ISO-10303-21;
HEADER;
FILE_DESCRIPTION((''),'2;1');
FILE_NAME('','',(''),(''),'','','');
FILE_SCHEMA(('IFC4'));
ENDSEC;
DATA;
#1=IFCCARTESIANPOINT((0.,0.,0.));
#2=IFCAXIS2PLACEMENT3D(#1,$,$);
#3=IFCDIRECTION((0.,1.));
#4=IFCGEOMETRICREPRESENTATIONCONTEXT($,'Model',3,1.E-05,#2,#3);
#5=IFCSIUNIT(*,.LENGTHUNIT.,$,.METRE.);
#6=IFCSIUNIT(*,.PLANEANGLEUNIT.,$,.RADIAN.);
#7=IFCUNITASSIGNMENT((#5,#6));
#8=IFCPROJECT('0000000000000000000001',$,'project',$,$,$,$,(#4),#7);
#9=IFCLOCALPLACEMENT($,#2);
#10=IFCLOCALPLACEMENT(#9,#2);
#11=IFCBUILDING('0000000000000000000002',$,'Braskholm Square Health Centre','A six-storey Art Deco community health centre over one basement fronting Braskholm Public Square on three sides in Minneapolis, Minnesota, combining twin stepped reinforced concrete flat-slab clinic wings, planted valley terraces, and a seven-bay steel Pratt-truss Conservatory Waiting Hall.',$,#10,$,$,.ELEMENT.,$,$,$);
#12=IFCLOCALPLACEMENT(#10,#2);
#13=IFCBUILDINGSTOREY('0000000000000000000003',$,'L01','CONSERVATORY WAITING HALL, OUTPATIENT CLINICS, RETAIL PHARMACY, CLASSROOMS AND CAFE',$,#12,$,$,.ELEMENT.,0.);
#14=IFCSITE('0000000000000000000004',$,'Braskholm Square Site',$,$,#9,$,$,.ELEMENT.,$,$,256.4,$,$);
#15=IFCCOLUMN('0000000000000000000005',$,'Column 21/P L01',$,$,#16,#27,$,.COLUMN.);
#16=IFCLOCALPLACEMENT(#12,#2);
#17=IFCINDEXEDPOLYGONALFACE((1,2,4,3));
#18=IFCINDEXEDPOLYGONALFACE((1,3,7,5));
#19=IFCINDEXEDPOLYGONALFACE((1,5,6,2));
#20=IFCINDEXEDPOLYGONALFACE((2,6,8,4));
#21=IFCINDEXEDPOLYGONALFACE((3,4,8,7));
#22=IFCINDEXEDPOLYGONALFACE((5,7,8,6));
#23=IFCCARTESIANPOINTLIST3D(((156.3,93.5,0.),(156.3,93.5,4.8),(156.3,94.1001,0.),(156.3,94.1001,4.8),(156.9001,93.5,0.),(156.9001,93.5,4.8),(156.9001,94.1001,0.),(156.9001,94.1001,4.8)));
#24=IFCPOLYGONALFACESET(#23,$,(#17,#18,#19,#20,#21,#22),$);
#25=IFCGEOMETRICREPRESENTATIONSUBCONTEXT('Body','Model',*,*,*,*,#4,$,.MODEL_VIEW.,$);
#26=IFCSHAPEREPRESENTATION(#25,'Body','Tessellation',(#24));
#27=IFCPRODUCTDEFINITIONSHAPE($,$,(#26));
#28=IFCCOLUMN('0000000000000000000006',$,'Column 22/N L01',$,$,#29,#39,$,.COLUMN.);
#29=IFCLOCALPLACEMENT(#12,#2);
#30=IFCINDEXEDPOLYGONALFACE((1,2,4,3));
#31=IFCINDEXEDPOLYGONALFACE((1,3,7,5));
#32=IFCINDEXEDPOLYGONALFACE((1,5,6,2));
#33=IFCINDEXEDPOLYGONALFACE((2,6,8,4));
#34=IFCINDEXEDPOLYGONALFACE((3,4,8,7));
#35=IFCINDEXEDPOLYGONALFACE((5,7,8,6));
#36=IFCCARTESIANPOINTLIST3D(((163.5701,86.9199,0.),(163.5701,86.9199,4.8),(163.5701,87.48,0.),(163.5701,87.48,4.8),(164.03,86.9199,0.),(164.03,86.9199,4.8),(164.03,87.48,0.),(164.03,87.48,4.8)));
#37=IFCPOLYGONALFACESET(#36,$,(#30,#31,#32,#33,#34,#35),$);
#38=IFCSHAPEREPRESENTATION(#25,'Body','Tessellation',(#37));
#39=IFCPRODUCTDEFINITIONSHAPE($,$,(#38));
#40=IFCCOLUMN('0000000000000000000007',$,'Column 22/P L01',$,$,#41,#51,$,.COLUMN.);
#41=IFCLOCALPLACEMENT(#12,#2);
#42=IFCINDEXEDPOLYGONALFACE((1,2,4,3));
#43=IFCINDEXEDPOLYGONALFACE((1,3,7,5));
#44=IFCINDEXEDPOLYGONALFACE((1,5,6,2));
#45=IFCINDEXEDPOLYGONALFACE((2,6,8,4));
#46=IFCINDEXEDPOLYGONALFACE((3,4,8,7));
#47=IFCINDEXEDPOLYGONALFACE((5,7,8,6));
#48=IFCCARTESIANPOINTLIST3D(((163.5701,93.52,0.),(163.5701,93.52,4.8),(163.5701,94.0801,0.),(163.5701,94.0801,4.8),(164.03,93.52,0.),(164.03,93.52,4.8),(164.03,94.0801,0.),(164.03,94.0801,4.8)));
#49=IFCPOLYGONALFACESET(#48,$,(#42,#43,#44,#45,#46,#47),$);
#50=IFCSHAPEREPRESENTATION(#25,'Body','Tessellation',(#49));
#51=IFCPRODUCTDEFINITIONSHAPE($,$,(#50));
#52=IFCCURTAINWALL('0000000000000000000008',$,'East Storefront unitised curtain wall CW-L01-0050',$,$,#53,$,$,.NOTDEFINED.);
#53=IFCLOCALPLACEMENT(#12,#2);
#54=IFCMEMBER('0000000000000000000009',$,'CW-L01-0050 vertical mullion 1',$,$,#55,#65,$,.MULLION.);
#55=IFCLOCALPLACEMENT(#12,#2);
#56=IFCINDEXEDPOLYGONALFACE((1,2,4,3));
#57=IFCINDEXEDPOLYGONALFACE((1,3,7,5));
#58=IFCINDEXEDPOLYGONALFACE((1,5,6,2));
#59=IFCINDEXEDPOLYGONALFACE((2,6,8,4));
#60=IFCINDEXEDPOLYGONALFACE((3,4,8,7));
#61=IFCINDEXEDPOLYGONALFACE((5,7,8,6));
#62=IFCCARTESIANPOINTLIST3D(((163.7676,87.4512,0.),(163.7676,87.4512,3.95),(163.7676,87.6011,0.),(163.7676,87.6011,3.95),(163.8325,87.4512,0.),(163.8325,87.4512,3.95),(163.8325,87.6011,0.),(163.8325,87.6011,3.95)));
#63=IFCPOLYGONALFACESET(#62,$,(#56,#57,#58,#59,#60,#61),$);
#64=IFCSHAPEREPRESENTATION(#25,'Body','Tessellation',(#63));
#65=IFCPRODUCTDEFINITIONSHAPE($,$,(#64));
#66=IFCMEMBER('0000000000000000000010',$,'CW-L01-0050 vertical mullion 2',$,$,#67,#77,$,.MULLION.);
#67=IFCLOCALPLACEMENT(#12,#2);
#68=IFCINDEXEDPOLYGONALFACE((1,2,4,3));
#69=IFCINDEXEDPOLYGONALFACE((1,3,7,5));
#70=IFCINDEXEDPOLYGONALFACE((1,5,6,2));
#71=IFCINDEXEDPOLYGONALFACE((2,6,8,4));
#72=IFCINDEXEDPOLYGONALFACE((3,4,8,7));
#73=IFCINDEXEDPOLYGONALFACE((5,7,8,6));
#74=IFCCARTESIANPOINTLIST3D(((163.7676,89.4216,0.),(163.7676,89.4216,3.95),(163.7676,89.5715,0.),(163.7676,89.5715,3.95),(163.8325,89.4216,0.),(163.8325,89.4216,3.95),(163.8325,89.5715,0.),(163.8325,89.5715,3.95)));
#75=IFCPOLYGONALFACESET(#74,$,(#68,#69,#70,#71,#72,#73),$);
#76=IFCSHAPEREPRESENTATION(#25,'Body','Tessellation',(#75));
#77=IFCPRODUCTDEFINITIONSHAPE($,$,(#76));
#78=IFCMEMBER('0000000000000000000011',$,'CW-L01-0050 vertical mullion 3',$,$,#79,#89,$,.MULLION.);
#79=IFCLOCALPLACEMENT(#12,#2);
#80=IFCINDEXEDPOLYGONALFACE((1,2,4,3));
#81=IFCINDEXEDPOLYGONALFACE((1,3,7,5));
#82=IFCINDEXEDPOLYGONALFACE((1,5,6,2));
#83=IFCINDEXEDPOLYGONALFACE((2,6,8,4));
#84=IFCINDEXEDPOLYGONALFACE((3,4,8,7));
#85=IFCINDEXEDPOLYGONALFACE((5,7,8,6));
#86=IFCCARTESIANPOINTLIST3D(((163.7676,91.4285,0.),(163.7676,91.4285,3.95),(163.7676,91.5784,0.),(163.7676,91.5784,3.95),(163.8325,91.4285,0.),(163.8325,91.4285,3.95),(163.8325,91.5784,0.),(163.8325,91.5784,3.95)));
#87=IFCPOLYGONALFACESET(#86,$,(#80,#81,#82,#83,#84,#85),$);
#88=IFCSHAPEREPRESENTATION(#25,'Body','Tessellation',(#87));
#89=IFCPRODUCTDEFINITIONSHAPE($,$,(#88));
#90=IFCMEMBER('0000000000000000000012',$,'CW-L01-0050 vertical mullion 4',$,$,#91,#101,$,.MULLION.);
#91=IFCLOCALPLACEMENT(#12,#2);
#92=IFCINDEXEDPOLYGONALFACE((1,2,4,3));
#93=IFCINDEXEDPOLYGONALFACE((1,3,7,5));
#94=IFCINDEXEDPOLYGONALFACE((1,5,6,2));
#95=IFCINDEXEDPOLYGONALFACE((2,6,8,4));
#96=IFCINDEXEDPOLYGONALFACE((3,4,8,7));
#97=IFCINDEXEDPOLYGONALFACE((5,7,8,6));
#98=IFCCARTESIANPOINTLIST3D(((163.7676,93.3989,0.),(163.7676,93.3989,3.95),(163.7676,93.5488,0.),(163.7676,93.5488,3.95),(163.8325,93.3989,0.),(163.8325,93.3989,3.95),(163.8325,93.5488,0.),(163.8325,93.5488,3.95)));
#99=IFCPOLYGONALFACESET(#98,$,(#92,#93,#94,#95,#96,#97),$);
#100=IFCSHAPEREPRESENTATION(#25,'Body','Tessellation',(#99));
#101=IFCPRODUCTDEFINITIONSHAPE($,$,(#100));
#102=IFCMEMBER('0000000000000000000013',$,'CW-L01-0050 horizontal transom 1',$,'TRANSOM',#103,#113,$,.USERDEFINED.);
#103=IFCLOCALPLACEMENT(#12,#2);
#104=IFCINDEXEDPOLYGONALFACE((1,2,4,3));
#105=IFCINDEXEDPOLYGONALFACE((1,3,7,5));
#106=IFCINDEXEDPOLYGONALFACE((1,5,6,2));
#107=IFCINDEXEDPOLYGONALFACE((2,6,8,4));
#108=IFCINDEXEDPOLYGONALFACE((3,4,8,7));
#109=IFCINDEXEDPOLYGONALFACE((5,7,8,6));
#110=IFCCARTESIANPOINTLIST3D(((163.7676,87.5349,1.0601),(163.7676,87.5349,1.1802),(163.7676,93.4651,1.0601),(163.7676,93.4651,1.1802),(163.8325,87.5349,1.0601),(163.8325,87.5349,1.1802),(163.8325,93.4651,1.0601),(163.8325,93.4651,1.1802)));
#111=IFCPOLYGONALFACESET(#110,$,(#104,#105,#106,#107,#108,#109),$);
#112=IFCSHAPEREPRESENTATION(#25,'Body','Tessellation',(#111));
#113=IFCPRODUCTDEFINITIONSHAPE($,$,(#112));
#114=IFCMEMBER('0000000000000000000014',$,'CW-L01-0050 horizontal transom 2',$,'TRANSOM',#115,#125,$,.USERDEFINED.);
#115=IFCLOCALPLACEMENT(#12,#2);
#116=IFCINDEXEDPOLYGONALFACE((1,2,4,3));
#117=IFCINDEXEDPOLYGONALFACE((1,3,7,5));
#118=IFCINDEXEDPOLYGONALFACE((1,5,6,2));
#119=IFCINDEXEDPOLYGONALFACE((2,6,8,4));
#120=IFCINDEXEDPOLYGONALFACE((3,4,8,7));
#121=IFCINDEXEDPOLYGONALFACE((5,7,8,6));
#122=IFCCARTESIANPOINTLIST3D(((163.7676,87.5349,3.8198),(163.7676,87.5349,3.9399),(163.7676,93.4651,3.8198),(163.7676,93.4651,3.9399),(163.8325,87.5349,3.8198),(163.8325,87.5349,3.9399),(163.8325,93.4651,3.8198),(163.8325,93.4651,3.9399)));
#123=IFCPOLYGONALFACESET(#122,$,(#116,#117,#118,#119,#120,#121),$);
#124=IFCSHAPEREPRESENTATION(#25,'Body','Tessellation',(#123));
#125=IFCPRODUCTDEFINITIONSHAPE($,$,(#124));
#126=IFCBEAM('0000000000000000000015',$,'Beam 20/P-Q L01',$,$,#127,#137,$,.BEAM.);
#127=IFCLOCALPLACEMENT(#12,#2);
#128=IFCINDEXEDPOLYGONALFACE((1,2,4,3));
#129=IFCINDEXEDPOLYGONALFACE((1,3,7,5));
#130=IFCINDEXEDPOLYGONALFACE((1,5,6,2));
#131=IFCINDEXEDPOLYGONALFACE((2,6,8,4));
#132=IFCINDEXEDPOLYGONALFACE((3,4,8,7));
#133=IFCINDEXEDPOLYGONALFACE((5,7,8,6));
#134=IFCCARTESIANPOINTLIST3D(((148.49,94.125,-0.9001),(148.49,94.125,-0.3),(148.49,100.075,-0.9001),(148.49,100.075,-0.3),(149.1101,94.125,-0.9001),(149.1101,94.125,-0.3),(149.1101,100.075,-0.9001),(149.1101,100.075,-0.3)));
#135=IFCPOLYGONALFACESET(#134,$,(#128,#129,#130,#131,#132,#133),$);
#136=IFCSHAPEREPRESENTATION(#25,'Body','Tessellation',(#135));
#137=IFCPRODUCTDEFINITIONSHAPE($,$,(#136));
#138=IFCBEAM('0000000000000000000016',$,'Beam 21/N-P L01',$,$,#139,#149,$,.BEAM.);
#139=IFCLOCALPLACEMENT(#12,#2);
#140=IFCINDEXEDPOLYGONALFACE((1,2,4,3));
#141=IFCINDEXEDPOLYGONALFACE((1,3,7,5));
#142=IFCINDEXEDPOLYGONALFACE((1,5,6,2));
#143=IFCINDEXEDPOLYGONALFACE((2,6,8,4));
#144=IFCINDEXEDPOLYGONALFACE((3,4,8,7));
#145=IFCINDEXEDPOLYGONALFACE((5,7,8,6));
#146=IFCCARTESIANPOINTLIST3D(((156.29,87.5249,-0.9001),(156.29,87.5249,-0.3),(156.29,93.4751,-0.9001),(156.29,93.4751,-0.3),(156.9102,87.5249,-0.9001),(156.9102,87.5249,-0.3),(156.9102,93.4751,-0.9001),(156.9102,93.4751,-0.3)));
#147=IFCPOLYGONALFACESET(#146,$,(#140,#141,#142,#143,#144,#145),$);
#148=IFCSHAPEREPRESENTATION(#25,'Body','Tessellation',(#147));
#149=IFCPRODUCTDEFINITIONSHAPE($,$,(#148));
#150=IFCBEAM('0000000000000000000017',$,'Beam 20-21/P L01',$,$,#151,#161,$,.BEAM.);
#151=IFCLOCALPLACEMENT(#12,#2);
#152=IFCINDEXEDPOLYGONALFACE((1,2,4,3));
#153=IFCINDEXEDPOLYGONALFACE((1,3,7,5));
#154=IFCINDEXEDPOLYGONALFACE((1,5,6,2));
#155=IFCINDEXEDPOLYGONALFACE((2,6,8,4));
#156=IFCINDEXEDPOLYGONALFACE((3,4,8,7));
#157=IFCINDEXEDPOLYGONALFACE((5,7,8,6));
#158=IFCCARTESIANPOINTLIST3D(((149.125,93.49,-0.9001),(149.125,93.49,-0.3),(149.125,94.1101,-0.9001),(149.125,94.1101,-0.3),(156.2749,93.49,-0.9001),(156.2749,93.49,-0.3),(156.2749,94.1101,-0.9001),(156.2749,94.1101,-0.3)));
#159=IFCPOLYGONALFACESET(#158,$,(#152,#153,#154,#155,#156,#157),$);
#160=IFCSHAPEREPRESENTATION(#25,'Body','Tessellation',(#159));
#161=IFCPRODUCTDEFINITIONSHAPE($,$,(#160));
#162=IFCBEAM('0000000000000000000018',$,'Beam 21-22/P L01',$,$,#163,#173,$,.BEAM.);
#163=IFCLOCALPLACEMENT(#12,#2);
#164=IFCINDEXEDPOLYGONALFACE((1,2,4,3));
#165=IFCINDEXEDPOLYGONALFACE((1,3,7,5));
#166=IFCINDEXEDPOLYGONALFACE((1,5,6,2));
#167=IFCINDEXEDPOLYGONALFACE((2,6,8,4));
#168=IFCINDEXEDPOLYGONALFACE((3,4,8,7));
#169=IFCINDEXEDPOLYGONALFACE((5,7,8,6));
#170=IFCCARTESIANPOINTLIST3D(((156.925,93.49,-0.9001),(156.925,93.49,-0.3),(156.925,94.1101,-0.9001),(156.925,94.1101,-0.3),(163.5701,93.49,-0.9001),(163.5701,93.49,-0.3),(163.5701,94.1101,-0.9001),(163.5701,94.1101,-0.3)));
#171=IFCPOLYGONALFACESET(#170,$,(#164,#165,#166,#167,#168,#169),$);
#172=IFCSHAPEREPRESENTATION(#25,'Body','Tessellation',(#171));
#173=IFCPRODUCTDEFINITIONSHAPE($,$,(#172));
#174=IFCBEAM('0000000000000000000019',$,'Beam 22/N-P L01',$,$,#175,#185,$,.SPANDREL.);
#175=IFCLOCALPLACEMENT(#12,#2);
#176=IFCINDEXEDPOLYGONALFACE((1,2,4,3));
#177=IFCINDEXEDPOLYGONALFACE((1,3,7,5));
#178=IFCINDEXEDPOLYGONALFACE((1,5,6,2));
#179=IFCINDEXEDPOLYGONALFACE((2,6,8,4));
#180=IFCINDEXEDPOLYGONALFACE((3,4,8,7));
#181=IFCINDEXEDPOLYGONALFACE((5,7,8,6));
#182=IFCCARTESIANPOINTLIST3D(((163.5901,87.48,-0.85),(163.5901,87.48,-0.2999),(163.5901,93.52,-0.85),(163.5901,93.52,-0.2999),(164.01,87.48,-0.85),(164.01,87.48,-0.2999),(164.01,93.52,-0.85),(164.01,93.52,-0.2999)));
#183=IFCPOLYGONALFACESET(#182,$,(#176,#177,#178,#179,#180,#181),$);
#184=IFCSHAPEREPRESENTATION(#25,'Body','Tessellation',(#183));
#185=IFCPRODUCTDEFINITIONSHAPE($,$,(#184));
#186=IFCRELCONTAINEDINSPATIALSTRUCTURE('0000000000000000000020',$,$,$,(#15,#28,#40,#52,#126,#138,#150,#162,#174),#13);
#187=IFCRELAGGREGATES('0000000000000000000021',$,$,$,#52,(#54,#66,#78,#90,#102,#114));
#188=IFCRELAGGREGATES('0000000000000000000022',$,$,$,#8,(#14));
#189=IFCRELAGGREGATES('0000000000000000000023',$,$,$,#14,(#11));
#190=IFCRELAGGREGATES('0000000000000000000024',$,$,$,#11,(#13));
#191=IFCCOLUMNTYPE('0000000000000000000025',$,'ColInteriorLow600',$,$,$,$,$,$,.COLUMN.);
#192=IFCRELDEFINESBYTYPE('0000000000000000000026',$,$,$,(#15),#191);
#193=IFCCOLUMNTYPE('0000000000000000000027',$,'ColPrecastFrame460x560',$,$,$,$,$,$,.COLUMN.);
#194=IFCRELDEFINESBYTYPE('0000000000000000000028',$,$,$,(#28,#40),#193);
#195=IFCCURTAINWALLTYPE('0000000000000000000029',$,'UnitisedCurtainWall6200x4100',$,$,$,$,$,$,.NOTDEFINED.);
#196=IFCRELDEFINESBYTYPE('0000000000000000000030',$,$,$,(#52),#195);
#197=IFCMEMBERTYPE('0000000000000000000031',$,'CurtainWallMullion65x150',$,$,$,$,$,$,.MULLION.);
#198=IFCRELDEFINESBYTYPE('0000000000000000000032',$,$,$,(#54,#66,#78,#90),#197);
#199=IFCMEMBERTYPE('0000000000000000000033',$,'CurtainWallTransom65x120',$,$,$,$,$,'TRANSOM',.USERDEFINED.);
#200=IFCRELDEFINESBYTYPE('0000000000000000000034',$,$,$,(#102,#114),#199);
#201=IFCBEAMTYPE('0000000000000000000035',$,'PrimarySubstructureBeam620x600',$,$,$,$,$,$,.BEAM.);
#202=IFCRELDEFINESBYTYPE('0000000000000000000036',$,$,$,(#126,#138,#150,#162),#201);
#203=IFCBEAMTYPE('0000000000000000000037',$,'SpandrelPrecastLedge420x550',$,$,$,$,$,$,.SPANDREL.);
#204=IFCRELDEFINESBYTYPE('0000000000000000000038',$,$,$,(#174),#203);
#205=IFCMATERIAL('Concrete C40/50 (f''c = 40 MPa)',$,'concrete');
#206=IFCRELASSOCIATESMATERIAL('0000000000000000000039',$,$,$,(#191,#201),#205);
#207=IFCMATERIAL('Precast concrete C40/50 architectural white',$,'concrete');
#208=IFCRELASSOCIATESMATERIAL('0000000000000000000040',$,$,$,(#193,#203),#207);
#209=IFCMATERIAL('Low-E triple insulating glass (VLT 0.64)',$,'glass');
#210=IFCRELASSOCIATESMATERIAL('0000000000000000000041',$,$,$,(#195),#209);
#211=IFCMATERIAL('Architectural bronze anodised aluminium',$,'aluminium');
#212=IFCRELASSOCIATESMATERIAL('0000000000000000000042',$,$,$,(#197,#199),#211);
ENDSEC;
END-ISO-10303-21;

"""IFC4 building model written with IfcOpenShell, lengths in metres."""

from ifc_helpers import new_model, si_unit, direction, frame, origin, origin_2d, place, context, subcontext, project, spatial, rectangle, extrude, material, material_profile, profile_set, type_object, element, aggregate, save


model = new_model("IFC4")

# Units and contexts
model_context = context("Model", 3, precision=1e-05, world=origin(), true_north=direction((0.0, 1.0)))
body_context = subcontext(model_context, "Body", "Model", "MODEL_VIEW")
ifc_project = project(units=[si_unit("LENGTHUNIT", "METRE"), si_unit("PLANEANGLEUNIT", "RADIAN")], contexts=[model_context])

# Site, building, storey
site_placement = place(None, origin())
site = spatial("IfcSite", under=ifc_project, at=site_placement, Name="Braskholm Square Site", CompositionType="ELEMENT", RefElevation=256.4)
building_placement = place(site_placement, origin())
building = spatial("IfcBuilding", under=site, at=building_placement, Name="Braskholm Square Health Centre", Description="A six-storey Art Deco community health centre over one basement fronting Braskholm Public Square on three sides in Minneapolis, Minnesota, combining twin stepped reinforced concrete flat-slab clinic wings, planted valley terraces, and a seven-bay steel Pratt-truss Conservatory Waiting Hall.", CompositionType="ELEMENT")
storey_placement = place(building_placement, origin())
storey = spatial("IfcBuildingStorey", under=building, at=storey_placement, Name="L01", Description="CONSERVATORY WAITING HALL, OUTPATIENT CLINICS, RETAIL PHARMACY, CLASSROOMS AND CAFE", CompositionType="ELEMENT", Elevation=0.0)

# Columns
ifc_material_1 = material(Name="Concrete C40/50 (f'c = 40 MPa)", Category="concrete")
ifc_material_profile_1 = material_profile(ifc_material_1, rectangle(XDim=0.6001, YDim=0.6001, at=origin_2d()), Name="RC-600X600")
ifc_profile_set_1 = profile_set([ifc_material_profile_1], Name="Concrete C40/50 (f'c = 40 MPa)")
column_type_1 = type_object("IfcColumnType", Name="ColInteriorLow600", PredefinedType="COLUMN", material=ifc_profile_set_1)
column_placement = place(storey_placement, frame((156.6001, 93.8, 0.0), z_axis=(0.0, 0.0, 1.0), x_axis=(1.0, 0.0, 0.0)))
element("IfcColumn", 1, at=column_placement, inside=storey, type_object=column_type_1, Name="Column 21/P L01", PredefinedType="COLUMN", context=body_context, shape_type="SweptSolid", body=[
    extrude(rectangle(XDim=0.6001, YDim=0.6001, at=origin_2d()), origin(), (0.0, 0.0, 1.0), 4.8),
])
ifc_material_2 = material(Name="Precast concrete C40/50 architectural white", Category="concrete")
ifc_material_profile_2 = material_profile(ifc_material_2, rectangle(XDim=0.46, YDim=0.5601, at=origin_2d()), Name="RC-460X560")
ifc_profile_set_2 = profile_set([ifc_material_profile_2], Name="Precast concrete C40/50 architectural white")
column_type_2 = type_object("IfcColumnType", Name="ColPrecastFrame460x560", PredefinedType="COLUMN", material=ifc_profile_set_2)
for number, where, z_axis, x_axis, name in (
    (2, (163.8, 87.2, 0.0), (0.0, 0.0, 1.0), (1.0, 0.0, 0.0), "Column 22/N L01"),
    (3, (163.8, 93.8, 0.0), (0.0, 0.0, 1.0), (1.0, 0.0, 0.0), "Column 22/P L01"),
):
    element("IfcColumn", number, at=place(storey_placement, frame(where, z_axis=z_axis, x_axis=x_axis)), inside=storey, type_object=column_type_2, Name=name, PredefinedType="COLUMN", context=body_context, shape_type="SweptSolid", body=[
        extrude(rectangle(XDim=0.46, YDim=0.5601, at=origin_2d()), origin(), (0.0, 0.0, 1.0), 4.8),
    ])

# Curtain wall, members
ifc_material_3 = material(Name="Low-E triple insulating glass (VLT 0.64)", Category="glass")
curtain_wall_type = type_object("IfcCurtainWallType", Name="UnitisedCurtainWall6200x4100", PredefinedType="NOTDEFINED", material=ifc_material_3)
curtain_wall_placement = place(storey_placement, origin())
curtain_wall = element("IfcCurtainWall", 4, at=curtain_wall_placement, inside=storey, type_object=curtain_wall_type, Name="East Storefront unitised curtain wall CW-L01-0050", PredefinedType="NOTDEFINED")
ifc_material_4 = material(Name="Architectural bronze anodised aluminium", Category="aluminium")
ifc_material_profile_3 = material_profile(ifc_material_4, rectangle(XDim=0.0649, YDim=0.1499, at=origin_2d()), Name="ALU-65X150")
ifc_profile_set_3 = profile_set([ifc_material_profile_3], Name="Architectural bronze anodised aluminium")
member_type_1 = type_object("IfcMemberType", Name="CurtainWallMullion65x150", PredefinedType="MULLION", material=ifc_profile_set_3)
member_1_placement = place(storey_placement, frame((163.8, 87.5261, 0.0), z_axis=(0.0, 0.0, 1.0), x_axis=(1.0, 0.0, 0.0)))
member_1 = element("IfcMember", 5, at=member_1_placement, type_object=member_type_1, Name="CW-L01-0050 vertical mullion 1", PredefinedType="MULLION", context=body_context, shape_type="SweptSolid", body=[
    extrude(rectangle(XDim=0.0649, YDim=0.1499, at=origin_2d()), origin(), (0.0, 0.0, 1.0), 3.95),
])
member_2_placement = place(storey_placement, frame((163.8, 89.4966, 0.0), z_axis=(0.0, 0.0, 1.0), x_axis=(1.0, 0.0, 0.0)))
member_2 = element("IfcMember", 6, at=member_2_placement, type_object=member_type_1, Name="CW-L01-0050 vertical mullion 2", PredefinedType="MULLION", context=body_context, shape_type="SweptSolid", body=[
    extrude(rectangle(XDim=0.0649, YDim=0.1499, at=origin_2d()), origin(), (0.0, 0.0, 1.0), 3.95),
])
member_3_placement = place(storey_placement, frame((163.8, 91.5034, 0.0), z_axis=(0.0, 0.0, 1.0), x_axis=(1.0, 0.0, 0.0)))
member_3 = element("IfcMember", 7, at=member_3_placement, type_object=member_type_1, Name="CW-L01-0050 vertical mullion 3", PredefinedType="MULLION", context=body_context, shape_type="SweptSolid", body=[
    extrude(rectangle(XDim=0.0649, YDim=0.1499, at=origin_2d()), origin(), (0.0, 0.0, 1.0), 3.95),
])
member_4_placement = place(storey_placement, frame((163.8, 93.4739, 0.0), z_axis=(0.0, 0.0, 1.0), x_axis=(1.0, 0.0, 0.0)))
member_4 = element("IfcMember", 8, at=member_4_placement, type_object=member_type_1, Name="CW-L01-0050 vertical mullion 4", PredefinedType="MULLION", context=body_context, shape_type="SweptSolid", body=[
    extrude(rectangle(XDim=0.0649, YDim=0.1499, at=origin_2d()), origin(), (0.0, 0.0, 1.0), 3.95),
])
ifc_material_profile_4 = material_profile(ifc_material_4, rectangle(XDim=0.0649, YDim=0.1201, at=origin_2d()), Name="ALU-65X120")
ifc_profile_set_4 = profile_set([ifc_material_profile_4], Name="Architectural bronze anodised aluminium")
member_type_2 = type_object("IfcMemberType", Name="CurtainWallTransom65x120", ElementType="TRANSOM", PredefinedType="USERDEFINED", material=ifc_profile_set_4)
member_5_placement = place(storey_placement, frame((163.8, 87.5349, 1.1201), z_axis=(0.0, 1.0, 0.0), x_axis=(-1.0, 0.0, 0.0)))
member_5 = element("IfcMember", 9, at=member_5_placement, type_object=member_type_2, Name="CW-L01-0050 horizontal transom 1", ObjectType="TRANSOM", PredefinedType="USERDEFINED", context=body_context, shape_type="SweptSolid", body=[
    extrude(rectangle(XDim=0.0649, YDim=0.1201, at=origin_2d()), origin(), (0.0, 0.0, 1.0), 5.9302),
])
member_6_placement = place(storey_placement, frame((163.8, 87.5349, 3.8799), z_axis=(0.0, 1.0, 0.0), x_axis=(-1.0, 0.0, 0.0)))
member_6 = element("IfcMember", 10, at=member_6_placement, type_object=member_type_2, Name="CW-L01-0050 horizontal transom 2", ObjectType="TRANSOM", PredefinedType="USERDEFINED", context=body_context, shape_type="SweptSolid", body=[
    extrude(rectangle(XDim=0.0649, YDim=0.1201, at=origin_2d()), origin(), (0.0, 0.0, 1.0), 5.9302),
])

# Beams
ifc_material_profile_5 = material_profile(ifc_material_1, rectangle(XDim=0.6201, YDim=0.6001, at=origin_2d()), Name="RCB-620X600")
ifc_profile_set_5 = profile_set([ifc_material_profile_5], Name="Concrete C40/50 (f'c = 40 MPa)")
beam_type_1 = type_object("IfcBeamType", Name="PrimarySubstructureBeam620x600", PredefinedType="BEAM", material=ifc_profile_set_5)
beam_1_placement = place(storey_placement, frame((148.8, 94.125, -0.6001), z_axis=(0.0, 1.0, 0.0), x_axis=(-1.0, 0.0, 0.0)))
element("IfcBeam", 11, at=beam_1_placement, inside=storey, type_object=beam_type_1, Name="Beam 20/P-Q L01", PredefinedType="BEAM", context=body_context, shape_type="SweptSolid", body=[
    extrude(rectangle(XDim=0.6201, YDim=0.6001, at=origin_2d()), origin(), (0.0, 0.0, 1.0), 5.95),
])
beam_2_placement = place(storey_placement, frame((156.6001, 87.5249, -0.6001), z_axis=(0.0, 1.0, 0.0), x_axis=(-1.0, 0.0, 0.0)))
element("IfcBeam", 12, at=beam_2_placement, inside=storey, type_object=beam_type_1, Name="Beam 21/N-P L01", PredefinedType="BEAM", context=body_context, shape_type="SweptSolid", body=[
    extrude(rectangle(XDim=0.6201, YDim=0.6001, at=origin_2d()), origin(), (0.0, 0.0, 1.0), 5.9502),
])
beam_3_placement = place(storey_placement, frame((149.125, 93.8, -0.6001), z_axis=(1.0, 0.0, 0.0), x_axis=(0.0, 1.0, 0.0)))
element("IfcBeam", 13, at=beam_3_placement, inside=storey, type_object=beam_type_1, Name="Beam 20-21/P L01", PredefinedType="BEAM", context=body_context, shape_type="SweptSolid", body=[
    extrude(rectangle(XDim=0.6201, YDim=0.6001, at=origin_2d()), origin(), (0.0, 0.0, 1.0), 7.1499),
])
beam_4_placement = place(storey_placement, frame((156.925, 93.8, -0.6001), z_axis=(1.0, 0.0, 0.0), x_axis=(0.0, 1.0, 0.0)))
element("IfcBeam", 14, at=beam_4_placement, inside=storey, type_object=beam_type_1, Name="Beam 21-22/P L01", PredefinedType="BEAM", context=body_context, shape_type="SweptSolid", body=[
    extrude(rectangle(XDim=0.6201, YDim=0.6001, at=origin_2d()), origin(), (0.0, 0.0, 1.0), 6.645),
])
ifc_material_profile_6 = material_profile(ifc_material_2, rectangle(XDim=0.4199, YDim=0.55, at=origin_2d()), Name="RCB-420X550")
ifc_profile_set_6 = profile_set([ifc_material_profile_6], Name="Precast concrete C40/50 architectural white")
beam_type_2 = type_object("IfcBeamType", Name="SpandrelPrecastLedge420x550", PredefinedType="SPANDREL", material=ifc_profile_set_6)
for number, where, z_axis, x_axis, name in (
    (15, (163.8, 87.48, -0.575), (0.0, 1.0, 0.0), (-1.0, 0.0, 0.0), "Beam 22/N-P L01"),
):
    element("IfcBeam", number, at=place(storey_placement, frame(where, z_axis=z_axis, x_axis=x_axis)), inside=storey, type_object=beam_type_2, Name=name, PredefinedType="SPANDREL", context=body_context, shape_type="SweptSolid", body=[
        extrude(rectangle(XDim=0.4199, YDim=0.55, at=origin_2d()), origin(), (0.0, 0.0, 1.0), 6.04),
    ])

aggregate(curtain_wall, [member_1, member_2, member_3, member_4, member_5, member_6])

save(model, "model.ifc")
